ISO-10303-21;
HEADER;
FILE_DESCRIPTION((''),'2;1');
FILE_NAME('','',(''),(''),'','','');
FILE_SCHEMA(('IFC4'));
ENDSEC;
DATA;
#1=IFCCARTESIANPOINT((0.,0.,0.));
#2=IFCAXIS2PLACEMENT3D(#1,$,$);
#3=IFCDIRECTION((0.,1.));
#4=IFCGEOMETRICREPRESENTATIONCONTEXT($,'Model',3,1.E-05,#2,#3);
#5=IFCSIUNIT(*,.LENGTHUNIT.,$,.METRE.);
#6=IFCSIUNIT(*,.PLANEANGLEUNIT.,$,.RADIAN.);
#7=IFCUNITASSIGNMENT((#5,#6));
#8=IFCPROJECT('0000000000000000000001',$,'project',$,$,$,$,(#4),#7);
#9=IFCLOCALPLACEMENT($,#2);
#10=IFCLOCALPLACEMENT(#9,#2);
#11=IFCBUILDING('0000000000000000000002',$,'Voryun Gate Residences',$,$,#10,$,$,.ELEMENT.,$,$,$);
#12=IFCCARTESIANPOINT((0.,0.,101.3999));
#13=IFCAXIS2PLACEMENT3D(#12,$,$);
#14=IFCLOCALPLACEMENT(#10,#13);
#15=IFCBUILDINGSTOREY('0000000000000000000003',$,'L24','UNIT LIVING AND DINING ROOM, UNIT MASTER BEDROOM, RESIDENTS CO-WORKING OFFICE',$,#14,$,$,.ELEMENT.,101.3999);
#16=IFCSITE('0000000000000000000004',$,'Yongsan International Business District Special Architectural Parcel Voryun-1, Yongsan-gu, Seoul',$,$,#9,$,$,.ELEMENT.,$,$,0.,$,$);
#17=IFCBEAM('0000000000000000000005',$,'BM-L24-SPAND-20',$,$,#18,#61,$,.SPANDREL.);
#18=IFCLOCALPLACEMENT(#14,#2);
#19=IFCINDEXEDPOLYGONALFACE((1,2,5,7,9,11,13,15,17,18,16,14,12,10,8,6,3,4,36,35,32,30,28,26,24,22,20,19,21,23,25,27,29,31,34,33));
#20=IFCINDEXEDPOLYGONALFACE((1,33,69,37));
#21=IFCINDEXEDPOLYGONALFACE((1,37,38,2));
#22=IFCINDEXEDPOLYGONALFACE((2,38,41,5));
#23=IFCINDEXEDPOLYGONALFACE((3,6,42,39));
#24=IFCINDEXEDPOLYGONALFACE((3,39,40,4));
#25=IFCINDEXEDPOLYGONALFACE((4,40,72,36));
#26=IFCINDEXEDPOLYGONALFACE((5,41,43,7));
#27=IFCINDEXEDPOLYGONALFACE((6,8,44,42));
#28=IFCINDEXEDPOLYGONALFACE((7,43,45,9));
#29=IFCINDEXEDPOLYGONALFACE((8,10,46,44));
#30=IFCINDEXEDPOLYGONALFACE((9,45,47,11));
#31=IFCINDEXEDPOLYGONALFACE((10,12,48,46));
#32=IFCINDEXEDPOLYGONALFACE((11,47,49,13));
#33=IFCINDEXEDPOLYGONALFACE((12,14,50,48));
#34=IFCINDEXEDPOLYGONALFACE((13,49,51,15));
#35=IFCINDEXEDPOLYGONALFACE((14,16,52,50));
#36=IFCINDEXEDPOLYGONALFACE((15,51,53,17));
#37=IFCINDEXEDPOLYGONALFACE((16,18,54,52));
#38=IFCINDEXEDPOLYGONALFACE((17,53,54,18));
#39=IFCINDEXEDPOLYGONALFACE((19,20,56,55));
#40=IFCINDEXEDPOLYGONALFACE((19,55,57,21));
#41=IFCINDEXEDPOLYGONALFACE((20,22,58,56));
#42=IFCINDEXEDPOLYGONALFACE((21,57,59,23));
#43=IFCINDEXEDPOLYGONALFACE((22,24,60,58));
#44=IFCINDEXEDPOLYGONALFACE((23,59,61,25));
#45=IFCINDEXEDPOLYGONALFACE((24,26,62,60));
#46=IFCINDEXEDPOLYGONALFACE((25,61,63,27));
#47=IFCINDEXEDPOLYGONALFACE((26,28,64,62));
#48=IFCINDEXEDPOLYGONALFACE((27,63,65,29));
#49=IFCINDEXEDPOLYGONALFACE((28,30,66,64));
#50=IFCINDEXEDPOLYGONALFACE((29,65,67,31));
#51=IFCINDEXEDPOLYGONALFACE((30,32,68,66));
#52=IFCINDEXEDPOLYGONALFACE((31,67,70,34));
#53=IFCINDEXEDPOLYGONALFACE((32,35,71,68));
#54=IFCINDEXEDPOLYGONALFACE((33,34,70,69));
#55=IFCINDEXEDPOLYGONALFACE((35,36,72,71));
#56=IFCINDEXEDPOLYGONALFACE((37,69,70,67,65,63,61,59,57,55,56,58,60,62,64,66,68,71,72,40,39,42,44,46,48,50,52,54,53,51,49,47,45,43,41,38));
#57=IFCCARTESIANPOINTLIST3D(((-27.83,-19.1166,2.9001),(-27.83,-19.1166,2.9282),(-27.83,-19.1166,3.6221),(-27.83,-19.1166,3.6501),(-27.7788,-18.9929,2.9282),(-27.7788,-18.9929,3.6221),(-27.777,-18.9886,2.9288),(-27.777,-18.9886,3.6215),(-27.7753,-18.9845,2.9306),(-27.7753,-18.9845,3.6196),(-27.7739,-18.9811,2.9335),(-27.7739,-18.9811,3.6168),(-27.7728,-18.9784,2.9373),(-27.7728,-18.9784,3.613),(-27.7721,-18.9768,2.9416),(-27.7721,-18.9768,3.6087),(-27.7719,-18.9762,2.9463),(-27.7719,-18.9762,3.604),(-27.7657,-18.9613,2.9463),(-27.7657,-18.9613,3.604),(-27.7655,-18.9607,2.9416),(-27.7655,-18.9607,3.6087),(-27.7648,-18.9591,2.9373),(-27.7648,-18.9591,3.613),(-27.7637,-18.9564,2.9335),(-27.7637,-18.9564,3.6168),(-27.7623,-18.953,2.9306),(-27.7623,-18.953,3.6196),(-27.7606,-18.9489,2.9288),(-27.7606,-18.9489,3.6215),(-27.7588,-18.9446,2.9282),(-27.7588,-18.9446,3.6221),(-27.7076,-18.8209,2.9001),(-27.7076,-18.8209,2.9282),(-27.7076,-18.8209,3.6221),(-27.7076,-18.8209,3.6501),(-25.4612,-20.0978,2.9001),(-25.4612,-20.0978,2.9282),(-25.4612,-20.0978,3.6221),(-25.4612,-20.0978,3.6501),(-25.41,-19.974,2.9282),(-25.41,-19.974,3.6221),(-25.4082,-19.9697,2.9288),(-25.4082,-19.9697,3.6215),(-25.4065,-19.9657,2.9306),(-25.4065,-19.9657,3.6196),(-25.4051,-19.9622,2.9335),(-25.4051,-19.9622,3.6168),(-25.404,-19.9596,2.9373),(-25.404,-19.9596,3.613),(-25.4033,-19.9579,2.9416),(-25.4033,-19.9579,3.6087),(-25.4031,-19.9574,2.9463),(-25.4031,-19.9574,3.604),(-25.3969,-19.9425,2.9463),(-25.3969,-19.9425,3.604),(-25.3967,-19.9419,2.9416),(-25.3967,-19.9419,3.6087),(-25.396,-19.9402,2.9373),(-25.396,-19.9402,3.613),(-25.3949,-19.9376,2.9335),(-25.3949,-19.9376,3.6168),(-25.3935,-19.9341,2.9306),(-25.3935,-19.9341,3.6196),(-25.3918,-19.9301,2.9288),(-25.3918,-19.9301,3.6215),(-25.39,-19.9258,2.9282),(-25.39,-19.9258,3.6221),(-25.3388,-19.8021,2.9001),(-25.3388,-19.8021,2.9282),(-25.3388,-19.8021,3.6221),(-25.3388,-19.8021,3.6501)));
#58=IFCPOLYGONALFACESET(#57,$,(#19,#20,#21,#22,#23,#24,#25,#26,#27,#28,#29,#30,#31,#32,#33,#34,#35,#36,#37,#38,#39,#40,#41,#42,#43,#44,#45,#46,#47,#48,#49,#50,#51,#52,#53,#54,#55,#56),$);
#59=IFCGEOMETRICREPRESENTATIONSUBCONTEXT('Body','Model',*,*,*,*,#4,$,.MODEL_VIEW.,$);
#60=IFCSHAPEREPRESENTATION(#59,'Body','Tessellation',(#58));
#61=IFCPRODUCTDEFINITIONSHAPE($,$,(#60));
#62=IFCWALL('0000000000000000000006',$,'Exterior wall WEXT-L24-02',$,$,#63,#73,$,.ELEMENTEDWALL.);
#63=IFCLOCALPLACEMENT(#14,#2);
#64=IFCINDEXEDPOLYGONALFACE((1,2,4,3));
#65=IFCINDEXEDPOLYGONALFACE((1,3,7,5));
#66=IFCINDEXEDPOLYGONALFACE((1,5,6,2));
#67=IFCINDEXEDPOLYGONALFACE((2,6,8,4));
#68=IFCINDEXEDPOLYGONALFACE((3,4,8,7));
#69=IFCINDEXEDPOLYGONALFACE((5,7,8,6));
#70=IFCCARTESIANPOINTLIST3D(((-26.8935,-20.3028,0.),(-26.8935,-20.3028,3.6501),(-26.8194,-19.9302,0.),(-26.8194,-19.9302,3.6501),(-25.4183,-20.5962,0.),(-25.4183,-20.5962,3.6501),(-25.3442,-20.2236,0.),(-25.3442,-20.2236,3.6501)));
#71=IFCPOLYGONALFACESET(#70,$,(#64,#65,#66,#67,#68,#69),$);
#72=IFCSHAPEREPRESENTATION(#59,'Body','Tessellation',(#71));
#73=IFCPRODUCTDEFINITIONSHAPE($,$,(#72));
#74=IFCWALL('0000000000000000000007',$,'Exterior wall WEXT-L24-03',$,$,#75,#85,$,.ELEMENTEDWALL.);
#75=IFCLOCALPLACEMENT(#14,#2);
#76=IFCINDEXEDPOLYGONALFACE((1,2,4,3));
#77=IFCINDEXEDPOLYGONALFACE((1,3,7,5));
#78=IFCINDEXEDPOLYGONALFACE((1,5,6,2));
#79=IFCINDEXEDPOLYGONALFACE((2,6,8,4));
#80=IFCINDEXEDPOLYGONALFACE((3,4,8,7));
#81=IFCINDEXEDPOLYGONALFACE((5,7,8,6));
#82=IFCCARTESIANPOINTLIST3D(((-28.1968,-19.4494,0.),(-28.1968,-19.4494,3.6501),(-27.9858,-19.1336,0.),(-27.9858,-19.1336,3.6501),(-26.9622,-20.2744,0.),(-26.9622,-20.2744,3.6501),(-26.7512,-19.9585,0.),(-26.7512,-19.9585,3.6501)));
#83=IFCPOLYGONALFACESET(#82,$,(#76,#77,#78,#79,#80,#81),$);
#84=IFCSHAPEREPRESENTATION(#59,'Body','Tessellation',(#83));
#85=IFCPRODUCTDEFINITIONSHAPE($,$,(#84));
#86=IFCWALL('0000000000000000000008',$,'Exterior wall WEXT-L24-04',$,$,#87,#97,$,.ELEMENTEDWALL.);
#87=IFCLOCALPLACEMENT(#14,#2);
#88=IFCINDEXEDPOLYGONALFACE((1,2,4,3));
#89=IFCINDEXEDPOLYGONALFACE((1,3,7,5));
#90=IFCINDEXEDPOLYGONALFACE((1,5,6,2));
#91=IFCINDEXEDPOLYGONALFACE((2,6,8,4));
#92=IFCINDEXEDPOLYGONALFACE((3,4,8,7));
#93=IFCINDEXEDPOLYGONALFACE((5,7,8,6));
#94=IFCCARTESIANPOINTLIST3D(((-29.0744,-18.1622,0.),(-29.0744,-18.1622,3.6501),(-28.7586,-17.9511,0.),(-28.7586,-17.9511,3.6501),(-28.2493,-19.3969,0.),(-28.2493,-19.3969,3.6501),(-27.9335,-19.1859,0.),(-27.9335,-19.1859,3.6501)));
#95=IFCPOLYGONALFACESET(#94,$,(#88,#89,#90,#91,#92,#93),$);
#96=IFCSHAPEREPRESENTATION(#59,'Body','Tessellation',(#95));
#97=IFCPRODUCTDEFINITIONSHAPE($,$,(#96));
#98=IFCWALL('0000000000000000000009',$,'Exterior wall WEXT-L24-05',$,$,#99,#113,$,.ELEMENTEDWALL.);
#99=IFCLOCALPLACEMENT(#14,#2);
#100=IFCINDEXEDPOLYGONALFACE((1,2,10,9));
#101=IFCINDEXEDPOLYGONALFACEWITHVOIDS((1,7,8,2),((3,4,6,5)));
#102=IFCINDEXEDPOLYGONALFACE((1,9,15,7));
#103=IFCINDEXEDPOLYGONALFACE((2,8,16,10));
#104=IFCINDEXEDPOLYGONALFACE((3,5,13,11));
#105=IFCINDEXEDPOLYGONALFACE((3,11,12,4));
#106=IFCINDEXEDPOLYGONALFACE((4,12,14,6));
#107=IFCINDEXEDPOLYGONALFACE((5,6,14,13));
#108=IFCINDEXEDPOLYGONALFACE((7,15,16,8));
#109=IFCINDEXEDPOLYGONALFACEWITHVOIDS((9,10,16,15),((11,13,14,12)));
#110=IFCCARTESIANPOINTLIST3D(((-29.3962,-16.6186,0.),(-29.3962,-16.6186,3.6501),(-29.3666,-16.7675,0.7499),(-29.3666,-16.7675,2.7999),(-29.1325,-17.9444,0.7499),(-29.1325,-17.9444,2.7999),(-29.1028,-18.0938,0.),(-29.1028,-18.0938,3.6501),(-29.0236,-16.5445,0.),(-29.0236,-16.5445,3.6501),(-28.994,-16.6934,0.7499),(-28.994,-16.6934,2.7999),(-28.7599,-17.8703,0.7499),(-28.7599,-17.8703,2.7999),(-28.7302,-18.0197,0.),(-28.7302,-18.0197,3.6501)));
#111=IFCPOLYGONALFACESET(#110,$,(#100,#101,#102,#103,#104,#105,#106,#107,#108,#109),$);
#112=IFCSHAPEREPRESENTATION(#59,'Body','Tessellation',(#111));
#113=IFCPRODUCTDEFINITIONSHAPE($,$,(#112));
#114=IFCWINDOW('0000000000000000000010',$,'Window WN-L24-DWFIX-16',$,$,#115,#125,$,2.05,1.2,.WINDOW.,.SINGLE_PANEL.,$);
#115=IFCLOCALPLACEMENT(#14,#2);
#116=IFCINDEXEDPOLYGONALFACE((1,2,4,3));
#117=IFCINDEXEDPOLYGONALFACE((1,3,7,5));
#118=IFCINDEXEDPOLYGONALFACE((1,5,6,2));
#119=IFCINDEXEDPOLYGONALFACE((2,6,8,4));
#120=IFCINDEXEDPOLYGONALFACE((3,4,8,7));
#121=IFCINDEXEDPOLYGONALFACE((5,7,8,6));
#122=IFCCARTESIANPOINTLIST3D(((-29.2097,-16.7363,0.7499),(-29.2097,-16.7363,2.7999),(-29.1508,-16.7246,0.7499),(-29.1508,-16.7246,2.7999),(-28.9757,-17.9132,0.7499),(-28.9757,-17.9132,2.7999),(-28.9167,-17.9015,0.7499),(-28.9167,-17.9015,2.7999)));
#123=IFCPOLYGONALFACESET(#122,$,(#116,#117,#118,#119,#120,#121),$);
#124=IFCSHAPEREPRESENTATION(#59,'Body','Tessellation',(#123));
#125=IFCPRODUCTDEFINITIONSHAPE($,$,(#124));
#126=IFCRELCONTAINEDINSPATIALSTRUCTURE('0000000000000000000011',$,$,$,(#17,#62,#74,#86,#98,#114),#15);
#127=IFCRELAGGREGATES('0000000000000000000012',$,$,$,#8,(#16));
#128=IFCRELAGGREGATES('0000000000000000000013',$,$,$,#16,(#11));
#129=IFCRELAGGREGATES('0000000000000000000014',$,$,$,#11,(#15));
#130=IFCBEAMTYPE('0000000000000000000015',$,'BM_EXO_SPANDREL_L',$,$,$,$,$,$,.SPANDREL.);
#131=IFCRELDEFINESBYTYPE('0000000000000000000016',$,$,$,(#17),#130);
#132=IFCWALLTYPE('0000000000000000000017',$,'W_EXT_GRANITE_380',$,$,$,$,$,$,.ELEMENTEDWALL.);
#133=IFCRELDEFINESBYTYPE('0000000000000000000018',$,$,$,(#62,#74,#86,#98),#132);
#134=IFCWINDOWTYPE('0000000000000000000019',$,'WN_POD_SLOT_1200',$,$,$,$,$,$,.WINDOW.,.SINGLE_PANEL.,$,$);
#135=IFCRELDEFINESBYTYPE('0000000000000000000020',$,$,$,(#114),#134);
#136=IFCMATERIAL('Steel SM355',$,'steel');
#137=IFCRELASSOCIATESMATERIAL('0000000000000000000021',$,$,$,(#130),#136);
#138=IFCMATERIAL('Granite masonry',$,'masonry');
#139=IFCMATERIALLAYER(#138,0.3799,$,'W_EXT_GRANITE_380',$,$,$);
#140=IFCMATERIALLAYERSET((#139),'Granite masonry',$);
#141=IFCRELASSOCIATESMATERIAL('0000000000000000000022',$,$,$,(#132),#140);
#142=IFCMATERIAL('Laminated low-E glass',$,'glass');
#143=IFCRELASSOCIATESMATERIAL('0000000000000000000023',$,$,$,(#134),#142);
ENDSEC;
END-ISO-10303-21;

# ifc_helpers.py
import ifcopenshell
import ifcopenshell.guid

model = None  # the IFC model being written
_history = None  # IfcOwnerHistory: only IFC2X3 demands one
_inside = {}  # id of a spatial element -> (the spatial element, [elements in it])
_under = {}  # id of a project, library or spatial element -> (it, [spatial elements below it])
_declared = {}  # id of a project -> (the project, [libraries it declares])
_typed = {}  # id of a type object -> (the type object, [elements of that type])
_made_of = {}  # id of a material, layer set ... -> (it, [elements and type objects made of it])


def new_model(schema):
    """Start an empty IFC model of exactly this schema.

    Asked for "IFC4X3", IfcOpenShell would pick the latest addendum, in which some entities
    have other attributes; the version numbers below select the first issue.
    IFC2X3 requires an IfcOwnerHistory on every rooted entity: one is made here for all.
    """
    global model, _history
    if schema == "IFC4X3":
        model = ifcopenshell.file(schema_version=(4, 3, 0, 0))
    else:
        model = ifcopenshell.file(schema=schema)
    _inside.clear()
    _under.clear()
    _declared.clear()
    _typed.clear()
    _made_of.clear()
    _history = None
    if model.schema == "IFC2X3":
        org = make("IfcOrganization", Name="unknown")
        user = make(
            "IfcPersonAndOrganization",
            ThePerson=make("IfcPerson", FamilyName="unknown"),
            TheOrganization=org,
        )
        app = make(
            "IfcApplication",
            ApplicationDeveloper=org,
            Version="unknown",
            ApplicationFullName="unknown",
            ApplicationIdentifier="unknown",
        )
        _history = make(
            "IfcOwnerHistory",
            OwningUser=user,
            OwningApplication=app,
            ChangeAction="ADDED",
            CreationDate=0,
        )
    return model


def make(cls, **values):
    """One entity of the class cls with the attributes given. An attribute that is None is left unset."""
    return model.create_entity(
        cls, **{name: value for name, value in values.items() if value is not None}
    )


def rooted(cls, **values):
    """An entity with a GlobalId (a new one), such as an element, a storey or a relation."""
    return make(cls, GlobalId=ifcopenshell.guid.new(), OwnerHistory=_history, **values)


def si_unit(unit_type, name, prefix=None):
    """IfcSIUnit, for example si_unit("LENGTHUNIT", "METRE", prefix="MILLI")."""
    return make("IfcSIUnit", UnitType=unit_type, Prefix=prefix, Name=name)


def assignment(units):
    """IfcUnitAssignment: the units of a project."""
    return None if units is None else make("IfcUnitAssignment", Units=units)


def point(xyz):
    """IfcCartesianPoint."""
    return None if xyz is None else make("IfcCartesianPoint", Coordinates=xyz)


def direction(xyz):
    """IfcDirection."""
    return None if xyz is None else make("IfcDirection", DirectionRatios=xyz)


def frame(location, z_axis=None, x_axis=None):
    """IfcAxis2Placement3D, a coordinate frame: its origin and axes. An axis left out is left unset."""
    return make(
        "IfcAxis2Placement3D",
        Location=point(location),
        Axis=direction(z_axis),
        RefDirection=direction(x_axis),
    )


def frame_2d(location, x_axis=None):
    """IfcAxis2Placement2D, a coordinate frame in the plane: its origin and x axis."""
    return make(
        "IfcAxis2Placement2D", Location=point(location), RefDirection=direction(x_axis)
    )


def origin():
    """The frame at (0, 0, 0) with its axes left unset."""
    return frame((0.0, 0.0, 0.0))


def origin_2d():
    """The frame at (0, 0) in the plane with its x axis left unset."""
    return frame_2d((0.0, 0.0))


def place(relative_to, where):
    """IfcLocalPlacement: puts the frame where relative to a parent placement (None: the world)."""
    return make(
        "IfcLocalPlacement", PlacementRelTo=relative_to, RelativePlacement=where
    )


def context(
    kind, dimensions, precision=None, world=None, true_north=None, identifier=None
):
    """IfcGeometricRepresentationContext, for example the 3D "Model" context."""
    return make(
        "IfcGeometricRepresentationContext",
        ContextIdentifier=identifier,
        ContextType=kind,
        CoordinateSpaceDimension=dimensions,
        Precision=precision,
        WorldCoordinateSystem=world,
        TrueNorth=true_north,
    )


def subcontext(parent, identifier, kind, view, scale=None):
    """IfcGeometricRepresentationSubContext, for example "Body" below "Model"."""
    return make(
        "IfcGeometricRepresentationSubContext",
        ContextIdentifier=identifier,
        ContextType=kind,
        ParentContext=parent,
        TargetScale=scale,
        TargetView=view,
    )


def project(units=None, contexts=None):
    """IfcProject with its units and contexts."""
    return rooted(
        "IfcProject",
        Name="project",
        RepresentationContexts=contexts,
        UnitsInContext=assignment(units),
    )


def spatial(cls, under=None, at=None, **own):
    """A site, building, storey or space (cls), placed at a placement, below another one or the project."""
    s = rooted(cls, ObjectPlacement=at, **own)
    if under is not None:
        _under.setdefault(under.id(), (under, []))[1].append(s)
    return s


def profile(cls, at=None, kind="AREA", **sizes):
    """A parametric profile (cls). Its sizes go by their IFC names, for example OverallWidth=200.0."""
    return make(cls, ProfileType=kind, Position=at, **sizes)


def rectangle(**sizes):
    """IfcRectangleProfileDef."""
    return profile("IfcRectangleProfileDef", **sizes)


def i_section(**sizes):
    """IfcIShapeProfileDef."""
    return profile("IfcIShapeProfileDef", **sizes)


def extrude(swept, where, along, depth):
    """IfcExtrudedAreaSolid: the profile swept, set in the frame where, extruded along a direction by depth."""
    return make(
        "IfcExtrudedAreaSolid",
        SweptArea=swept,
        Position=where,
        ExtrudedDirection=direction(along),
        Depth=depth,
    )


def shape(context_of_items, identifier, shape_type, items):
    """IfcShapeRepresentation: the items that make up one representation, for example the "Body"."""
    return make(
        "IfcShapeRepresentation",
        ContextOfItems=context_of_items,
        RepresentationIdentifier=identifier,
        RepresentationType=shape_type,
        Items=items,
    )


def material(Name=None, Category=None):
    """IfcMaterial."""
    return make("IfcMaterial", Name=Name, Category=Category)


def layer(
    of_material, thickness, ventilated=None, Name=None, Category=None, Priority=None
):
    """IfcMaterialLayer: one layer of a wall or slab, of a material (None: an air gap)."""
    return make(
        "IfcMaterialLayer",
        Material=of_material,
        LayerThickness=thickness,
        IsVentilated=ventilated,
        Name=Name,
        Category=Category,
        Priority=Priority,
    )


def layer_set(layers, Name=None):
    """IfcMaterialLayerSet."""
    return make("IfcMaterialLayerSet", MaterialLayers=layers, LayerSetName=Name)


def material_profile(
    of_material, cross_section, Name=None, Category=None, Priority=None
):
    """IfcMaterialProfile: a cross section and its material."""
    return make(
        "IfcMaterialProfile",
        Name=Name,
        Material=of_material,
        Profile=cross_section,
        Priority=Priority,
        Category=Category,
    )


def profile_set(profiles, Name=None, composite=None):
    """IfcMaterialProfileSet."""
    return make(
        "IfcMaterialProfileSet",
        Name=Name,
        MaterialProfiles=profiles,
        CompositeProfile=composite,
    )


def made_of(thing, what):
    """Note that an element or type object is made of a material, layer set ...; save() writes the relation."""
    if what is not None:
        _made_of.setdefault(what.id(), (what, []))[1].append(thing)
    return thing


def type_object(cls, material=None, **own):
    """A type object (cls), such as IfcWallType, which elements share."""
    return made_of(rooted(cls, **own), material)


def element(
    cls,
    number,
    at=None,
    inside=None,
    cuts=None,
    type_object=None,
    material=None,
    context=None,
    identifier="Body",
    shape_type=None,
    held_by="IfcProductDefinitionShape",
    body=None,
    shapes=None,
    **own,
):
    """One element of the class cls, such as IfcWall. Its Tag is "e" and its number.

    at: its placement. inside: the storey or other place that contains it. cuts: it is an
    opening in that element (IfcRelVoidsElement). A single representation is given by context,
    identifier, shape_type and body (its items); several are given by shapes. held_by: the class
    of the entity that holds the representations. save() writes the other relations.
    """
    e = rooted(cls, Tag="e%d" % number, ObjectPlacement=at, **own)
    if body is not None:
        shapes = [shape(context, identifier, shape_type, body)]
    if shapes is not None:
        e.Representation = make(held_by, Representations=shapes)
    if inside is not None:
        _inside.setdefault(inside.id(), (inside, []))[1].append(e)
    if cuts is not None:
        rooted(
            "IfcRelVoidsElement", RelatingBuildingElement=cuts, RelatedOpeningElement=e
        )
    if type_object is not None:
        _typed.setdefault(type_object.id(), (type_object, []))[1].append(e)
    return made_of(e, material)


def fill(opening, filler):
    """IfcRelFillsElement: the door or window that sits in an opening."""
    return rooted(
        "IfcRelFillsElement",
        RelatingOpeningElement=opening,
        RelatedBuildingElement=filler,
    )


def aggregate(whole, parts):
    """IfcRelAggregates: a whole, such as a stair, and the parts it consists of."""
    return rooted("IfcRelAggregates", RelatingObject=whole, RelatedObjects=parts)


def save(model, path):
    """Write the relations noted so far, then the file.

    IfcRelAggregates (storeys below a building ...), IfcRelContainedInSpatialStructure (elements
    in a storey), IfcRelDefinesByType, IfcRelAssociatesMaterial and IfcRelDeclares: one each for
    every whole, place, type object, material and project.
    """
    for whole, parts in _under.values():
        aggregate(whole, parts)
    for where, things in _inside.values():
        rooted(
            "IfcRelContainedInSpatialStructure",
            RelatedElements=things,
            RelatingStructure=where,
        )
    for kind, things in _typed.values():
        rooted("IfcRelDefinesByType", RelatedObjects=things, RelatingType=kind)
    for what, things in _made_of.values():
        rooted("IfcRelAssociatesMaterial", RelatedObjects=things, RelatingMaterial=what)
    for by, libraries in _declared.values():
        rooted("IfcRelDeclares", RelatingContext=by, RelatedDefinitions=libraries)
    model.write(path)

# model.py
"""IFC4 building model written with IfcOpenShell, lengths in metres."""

from ifc_helpers import new_model, si_unit, direction, frame, frame_2d, origin, origin_2d, place, context, subcontext, project, spatial, rectangle, i_section, extrude, material, layer, layer_set, material_profile, profile_set, type_object, element, fill, save


model = new_model("IFC4")

# Units and contexts
model_context = context("Model", 3, precision=1e-05, world=origin(), true_north=direction((0.0, 1.0)))
body_context = subcontext(model_context, "Body", "Model", "MODEL_VIEW")
ifc_project = project(units=[si_unit("LENGTHUNIT", "METRE"), si_unit("PLANEANGLEUNIT", "RADIAN")], contexts=[model_context])

# Site, building, storey
site_placement = place(None, origin())
site = spatial("IfcSite", under=ifc_project, at=site_placement, Name="Yongsan International Business District Special Architectural Parcel Voryun-1, Yongsan-gu, Seoul", CompositionType="ELEMENT", RefElevation=0.0)
building_placement = place(site_placement, origin())
building = spatial("IfcBuilding", under=site, at=building_placement, Name="Voryun Gate Residences", CompositionType="ELEMENT")
storey_placement = place(building_placement, frame((0.0, 0.0, 101.3999)))
storey = spatial("IfcBuildingStorey", under=building, at=storey_placement, Name="L24", Description="UNIT LIVING AND DINING ROOM, UNIT MASTER BEDROOM, RESIDENTS CO-WORKING OFFICE", CompositionType="ELEMENT", Elevation=101.3999)

# Beam
ifc_material_1 = material(Name="Steel SM355", Category="steel")
ifc_material_profile_1 = material_profile(ifc_material_1, i_section(OverallWidth=0.3201, OverallDepth=0.75, WebThickness=0.0161, FlangeThickness=0.0281, FilletRadius=0.0181, at=origin_2d()), Name="H-750x320x16x28")
ifc_profile_set_1 = profile_set([ifc_material_profile_1], Name="Steel SM355")
beam_type = type_object("IfcBeamType", Name="BM_EXO_SPANDREL_L", PredefinedType="SPANDREL", material=ifc_profile_set_1)
beam_1_placement = place(storey_placement, frame((-27.7688, -18.9688, 3.2751), z_axis=(0.923883, -0.382674, 0.0), x_axis=(0.382674, 0.923883, 0.0)))
element("IfcBeam", 1, at=beam_1_placement, inside=storey, type_object=beam_type, Name="BM-L24-SPAND-20", PredefinedType="SPANDREL", context=body_context, shape_type="SweptSolid", body=[
    extrude(i_section(OverallWidth=0.3201, OverallDepth=0.75, WebThickness=0.0161, FlangeThickness=0.0281, FilletRadius=0.0181, at=origin_2d()), origin(), (0.0, 0.0, 1.0), 2.564),
])

# Walls
ifc_material_2 = material(Name="Granite masonry", Category="masonry")
ifc_layer_1 = layer(ifc_material_2, 0.3799, Name="W_EXT_GRANITE_380")
ifc_layer_set_1 = layer_set([ifc_layer_1], Name="Granite masonry")
wall_type_1 = type_object("IfcWallType", Name="W_EXT_GRANITE_380", PredefinedType="ELEMENTEDWALL", material=ifc_layer_set_1)
wall_1_placement = place(storey_placement, frame((-25.3813, -20.4099, 0.0), z_axis=(0.0, 0.0, 1.0), x_axis=(-0.980786, 0.195086, 0.0)))
element("IfcWall", 2, at=wall_1_placement, inside=storey, type_object=wall_type_1, Name="Exterior wall WEXT-L24-02", PredefinedType="ELEMENTEDWALL", context=body_context, shape_type="SweptSolid", body=[
    extrude(rectangle(XDim=1.5042, YDim=0.3799, at=frame_2d((0.752, 0.0))), origin(), (0.0, 0.0, 1.0), 3.6501),
])
wall_2_placement = place(storey_placement, frame((-26.8567, -20.1165, 0.0), z_axis=(0.0, 0.0, 1.0), x_axis=(-0.831468, 0.555573, 0.0)))
element("IfcWall", 3, at=wall_2_placement, inside=storey, type_object=wall_type_1, Name="Exterior wall WEXT-L24-03", PredefinedType="ELEMENTEDWALL", context=body_context, shape_type="SweptSolid", body=[
    extrude(rectangle(XDim=1.4849, YDim=0.3799, at=frame_2d((0.7424, 0.0))), origin(), (0.0, 0.0, 1.0), 3.6501),
])
wall_3_placement = place(storey_placement, frame((-28.0913, -19.2915, 0.0), z_axis=(0.0, 0.0, 1.0), x_axis=(-0.55561, 0.831443, 0.0)))
element("IfcWall", 4, at=wall_3_placement, inside=storey, type_object=wall_type_1, Name="Exterior wall WEXT-L24-04", PredefinedType="ELEMENTEDWALL", context=body_context, shape_type="SweptSolid", body=[
    extrude(rectangle(XDim=1.4851, YDim=0.3799, at=frame_2d((0.7427, 0.0))), origin(), (0.0, 0.0, 1.0), 3.6501),
])

# Wall, opening, window
wall_4_placement = place(storey_placement, frame((-28.9165, -18.0566, 0.0), z_axis=(0.0, 0.0, 1.0), x_axis=(-0.195086, 0.980786, 0.0)))
wall_4 = element("IfcWall", 5, at=wall_4_placement, inside=storey, type_object=wall_type_1, Name="Exterior wall WEXT-L24-05", PredefinedType="ELEMENTEDWALL", context=body_context, shape_type="SweptSolid", body=[
    extrude(rectangle(XDim=1.5042, YDim=0.3799, at=frame_2d((0.752, 0.0))), origin(), (0.0, 0.0, 1.0), 3.6501),
])
opening_1_placement = place(wall_4_placement, frame((0.1521, 0.0, 0.75)))
opening_1 = element("IfcOpeningElement", 6, at=opening_1_placement, cuts=wall_4, PredefinedType="OPENING", context=body_context, shape_type="SweptSolid", body=[
    extrude(rectangle(XDim=1.2, YDim=2.05, at=frame_2d((0.6001, 1.0249))), frame((0.0, 0.2, 0.0), z_axis=(0.0, -1.0, 0.0), x_axis=(1.0, 0.0, 0.0)), (0.0, 0.0, 1.0), 0.3999),
])
ifc_material_3 = material(Name="Laminated low-E glass", Category="glass")
window_type = type_object("IfcWindowType", Name="WN_POD_SLOT_1200", PartitioningType="SINGLE_PANEL", PredefinedType="WINDOW", material=ifc_material_3)
window_1_placement = place(opening_1_placement, origin())
window_1 = element("IfcWindow", 7, at=window_1_placement, inside=storey, type_object=window_type, Name="Window WN-L24-DWFIX-16", OverallHeight=2.05, OverallWidth=1.2, PartitioningType="SINGLE_PANEL", PredefinedType="WINDOW", context=body_context, shape_type="SweptSolid", body=[
    extrude(rectangle(XDim=1.2, YDim=2.05, at=frame_2d((0.6001, 1.0249))), frame((0.0, 0.03, 0.0), z_axis=(0.0, -1.0, 0.0), x_axis=(1.0, 0.0, 0.0)), (0.0, 0.0, 1.0), 0.0601),
])
fill(opening_1, window_1)

save(model, "model.ifc")
